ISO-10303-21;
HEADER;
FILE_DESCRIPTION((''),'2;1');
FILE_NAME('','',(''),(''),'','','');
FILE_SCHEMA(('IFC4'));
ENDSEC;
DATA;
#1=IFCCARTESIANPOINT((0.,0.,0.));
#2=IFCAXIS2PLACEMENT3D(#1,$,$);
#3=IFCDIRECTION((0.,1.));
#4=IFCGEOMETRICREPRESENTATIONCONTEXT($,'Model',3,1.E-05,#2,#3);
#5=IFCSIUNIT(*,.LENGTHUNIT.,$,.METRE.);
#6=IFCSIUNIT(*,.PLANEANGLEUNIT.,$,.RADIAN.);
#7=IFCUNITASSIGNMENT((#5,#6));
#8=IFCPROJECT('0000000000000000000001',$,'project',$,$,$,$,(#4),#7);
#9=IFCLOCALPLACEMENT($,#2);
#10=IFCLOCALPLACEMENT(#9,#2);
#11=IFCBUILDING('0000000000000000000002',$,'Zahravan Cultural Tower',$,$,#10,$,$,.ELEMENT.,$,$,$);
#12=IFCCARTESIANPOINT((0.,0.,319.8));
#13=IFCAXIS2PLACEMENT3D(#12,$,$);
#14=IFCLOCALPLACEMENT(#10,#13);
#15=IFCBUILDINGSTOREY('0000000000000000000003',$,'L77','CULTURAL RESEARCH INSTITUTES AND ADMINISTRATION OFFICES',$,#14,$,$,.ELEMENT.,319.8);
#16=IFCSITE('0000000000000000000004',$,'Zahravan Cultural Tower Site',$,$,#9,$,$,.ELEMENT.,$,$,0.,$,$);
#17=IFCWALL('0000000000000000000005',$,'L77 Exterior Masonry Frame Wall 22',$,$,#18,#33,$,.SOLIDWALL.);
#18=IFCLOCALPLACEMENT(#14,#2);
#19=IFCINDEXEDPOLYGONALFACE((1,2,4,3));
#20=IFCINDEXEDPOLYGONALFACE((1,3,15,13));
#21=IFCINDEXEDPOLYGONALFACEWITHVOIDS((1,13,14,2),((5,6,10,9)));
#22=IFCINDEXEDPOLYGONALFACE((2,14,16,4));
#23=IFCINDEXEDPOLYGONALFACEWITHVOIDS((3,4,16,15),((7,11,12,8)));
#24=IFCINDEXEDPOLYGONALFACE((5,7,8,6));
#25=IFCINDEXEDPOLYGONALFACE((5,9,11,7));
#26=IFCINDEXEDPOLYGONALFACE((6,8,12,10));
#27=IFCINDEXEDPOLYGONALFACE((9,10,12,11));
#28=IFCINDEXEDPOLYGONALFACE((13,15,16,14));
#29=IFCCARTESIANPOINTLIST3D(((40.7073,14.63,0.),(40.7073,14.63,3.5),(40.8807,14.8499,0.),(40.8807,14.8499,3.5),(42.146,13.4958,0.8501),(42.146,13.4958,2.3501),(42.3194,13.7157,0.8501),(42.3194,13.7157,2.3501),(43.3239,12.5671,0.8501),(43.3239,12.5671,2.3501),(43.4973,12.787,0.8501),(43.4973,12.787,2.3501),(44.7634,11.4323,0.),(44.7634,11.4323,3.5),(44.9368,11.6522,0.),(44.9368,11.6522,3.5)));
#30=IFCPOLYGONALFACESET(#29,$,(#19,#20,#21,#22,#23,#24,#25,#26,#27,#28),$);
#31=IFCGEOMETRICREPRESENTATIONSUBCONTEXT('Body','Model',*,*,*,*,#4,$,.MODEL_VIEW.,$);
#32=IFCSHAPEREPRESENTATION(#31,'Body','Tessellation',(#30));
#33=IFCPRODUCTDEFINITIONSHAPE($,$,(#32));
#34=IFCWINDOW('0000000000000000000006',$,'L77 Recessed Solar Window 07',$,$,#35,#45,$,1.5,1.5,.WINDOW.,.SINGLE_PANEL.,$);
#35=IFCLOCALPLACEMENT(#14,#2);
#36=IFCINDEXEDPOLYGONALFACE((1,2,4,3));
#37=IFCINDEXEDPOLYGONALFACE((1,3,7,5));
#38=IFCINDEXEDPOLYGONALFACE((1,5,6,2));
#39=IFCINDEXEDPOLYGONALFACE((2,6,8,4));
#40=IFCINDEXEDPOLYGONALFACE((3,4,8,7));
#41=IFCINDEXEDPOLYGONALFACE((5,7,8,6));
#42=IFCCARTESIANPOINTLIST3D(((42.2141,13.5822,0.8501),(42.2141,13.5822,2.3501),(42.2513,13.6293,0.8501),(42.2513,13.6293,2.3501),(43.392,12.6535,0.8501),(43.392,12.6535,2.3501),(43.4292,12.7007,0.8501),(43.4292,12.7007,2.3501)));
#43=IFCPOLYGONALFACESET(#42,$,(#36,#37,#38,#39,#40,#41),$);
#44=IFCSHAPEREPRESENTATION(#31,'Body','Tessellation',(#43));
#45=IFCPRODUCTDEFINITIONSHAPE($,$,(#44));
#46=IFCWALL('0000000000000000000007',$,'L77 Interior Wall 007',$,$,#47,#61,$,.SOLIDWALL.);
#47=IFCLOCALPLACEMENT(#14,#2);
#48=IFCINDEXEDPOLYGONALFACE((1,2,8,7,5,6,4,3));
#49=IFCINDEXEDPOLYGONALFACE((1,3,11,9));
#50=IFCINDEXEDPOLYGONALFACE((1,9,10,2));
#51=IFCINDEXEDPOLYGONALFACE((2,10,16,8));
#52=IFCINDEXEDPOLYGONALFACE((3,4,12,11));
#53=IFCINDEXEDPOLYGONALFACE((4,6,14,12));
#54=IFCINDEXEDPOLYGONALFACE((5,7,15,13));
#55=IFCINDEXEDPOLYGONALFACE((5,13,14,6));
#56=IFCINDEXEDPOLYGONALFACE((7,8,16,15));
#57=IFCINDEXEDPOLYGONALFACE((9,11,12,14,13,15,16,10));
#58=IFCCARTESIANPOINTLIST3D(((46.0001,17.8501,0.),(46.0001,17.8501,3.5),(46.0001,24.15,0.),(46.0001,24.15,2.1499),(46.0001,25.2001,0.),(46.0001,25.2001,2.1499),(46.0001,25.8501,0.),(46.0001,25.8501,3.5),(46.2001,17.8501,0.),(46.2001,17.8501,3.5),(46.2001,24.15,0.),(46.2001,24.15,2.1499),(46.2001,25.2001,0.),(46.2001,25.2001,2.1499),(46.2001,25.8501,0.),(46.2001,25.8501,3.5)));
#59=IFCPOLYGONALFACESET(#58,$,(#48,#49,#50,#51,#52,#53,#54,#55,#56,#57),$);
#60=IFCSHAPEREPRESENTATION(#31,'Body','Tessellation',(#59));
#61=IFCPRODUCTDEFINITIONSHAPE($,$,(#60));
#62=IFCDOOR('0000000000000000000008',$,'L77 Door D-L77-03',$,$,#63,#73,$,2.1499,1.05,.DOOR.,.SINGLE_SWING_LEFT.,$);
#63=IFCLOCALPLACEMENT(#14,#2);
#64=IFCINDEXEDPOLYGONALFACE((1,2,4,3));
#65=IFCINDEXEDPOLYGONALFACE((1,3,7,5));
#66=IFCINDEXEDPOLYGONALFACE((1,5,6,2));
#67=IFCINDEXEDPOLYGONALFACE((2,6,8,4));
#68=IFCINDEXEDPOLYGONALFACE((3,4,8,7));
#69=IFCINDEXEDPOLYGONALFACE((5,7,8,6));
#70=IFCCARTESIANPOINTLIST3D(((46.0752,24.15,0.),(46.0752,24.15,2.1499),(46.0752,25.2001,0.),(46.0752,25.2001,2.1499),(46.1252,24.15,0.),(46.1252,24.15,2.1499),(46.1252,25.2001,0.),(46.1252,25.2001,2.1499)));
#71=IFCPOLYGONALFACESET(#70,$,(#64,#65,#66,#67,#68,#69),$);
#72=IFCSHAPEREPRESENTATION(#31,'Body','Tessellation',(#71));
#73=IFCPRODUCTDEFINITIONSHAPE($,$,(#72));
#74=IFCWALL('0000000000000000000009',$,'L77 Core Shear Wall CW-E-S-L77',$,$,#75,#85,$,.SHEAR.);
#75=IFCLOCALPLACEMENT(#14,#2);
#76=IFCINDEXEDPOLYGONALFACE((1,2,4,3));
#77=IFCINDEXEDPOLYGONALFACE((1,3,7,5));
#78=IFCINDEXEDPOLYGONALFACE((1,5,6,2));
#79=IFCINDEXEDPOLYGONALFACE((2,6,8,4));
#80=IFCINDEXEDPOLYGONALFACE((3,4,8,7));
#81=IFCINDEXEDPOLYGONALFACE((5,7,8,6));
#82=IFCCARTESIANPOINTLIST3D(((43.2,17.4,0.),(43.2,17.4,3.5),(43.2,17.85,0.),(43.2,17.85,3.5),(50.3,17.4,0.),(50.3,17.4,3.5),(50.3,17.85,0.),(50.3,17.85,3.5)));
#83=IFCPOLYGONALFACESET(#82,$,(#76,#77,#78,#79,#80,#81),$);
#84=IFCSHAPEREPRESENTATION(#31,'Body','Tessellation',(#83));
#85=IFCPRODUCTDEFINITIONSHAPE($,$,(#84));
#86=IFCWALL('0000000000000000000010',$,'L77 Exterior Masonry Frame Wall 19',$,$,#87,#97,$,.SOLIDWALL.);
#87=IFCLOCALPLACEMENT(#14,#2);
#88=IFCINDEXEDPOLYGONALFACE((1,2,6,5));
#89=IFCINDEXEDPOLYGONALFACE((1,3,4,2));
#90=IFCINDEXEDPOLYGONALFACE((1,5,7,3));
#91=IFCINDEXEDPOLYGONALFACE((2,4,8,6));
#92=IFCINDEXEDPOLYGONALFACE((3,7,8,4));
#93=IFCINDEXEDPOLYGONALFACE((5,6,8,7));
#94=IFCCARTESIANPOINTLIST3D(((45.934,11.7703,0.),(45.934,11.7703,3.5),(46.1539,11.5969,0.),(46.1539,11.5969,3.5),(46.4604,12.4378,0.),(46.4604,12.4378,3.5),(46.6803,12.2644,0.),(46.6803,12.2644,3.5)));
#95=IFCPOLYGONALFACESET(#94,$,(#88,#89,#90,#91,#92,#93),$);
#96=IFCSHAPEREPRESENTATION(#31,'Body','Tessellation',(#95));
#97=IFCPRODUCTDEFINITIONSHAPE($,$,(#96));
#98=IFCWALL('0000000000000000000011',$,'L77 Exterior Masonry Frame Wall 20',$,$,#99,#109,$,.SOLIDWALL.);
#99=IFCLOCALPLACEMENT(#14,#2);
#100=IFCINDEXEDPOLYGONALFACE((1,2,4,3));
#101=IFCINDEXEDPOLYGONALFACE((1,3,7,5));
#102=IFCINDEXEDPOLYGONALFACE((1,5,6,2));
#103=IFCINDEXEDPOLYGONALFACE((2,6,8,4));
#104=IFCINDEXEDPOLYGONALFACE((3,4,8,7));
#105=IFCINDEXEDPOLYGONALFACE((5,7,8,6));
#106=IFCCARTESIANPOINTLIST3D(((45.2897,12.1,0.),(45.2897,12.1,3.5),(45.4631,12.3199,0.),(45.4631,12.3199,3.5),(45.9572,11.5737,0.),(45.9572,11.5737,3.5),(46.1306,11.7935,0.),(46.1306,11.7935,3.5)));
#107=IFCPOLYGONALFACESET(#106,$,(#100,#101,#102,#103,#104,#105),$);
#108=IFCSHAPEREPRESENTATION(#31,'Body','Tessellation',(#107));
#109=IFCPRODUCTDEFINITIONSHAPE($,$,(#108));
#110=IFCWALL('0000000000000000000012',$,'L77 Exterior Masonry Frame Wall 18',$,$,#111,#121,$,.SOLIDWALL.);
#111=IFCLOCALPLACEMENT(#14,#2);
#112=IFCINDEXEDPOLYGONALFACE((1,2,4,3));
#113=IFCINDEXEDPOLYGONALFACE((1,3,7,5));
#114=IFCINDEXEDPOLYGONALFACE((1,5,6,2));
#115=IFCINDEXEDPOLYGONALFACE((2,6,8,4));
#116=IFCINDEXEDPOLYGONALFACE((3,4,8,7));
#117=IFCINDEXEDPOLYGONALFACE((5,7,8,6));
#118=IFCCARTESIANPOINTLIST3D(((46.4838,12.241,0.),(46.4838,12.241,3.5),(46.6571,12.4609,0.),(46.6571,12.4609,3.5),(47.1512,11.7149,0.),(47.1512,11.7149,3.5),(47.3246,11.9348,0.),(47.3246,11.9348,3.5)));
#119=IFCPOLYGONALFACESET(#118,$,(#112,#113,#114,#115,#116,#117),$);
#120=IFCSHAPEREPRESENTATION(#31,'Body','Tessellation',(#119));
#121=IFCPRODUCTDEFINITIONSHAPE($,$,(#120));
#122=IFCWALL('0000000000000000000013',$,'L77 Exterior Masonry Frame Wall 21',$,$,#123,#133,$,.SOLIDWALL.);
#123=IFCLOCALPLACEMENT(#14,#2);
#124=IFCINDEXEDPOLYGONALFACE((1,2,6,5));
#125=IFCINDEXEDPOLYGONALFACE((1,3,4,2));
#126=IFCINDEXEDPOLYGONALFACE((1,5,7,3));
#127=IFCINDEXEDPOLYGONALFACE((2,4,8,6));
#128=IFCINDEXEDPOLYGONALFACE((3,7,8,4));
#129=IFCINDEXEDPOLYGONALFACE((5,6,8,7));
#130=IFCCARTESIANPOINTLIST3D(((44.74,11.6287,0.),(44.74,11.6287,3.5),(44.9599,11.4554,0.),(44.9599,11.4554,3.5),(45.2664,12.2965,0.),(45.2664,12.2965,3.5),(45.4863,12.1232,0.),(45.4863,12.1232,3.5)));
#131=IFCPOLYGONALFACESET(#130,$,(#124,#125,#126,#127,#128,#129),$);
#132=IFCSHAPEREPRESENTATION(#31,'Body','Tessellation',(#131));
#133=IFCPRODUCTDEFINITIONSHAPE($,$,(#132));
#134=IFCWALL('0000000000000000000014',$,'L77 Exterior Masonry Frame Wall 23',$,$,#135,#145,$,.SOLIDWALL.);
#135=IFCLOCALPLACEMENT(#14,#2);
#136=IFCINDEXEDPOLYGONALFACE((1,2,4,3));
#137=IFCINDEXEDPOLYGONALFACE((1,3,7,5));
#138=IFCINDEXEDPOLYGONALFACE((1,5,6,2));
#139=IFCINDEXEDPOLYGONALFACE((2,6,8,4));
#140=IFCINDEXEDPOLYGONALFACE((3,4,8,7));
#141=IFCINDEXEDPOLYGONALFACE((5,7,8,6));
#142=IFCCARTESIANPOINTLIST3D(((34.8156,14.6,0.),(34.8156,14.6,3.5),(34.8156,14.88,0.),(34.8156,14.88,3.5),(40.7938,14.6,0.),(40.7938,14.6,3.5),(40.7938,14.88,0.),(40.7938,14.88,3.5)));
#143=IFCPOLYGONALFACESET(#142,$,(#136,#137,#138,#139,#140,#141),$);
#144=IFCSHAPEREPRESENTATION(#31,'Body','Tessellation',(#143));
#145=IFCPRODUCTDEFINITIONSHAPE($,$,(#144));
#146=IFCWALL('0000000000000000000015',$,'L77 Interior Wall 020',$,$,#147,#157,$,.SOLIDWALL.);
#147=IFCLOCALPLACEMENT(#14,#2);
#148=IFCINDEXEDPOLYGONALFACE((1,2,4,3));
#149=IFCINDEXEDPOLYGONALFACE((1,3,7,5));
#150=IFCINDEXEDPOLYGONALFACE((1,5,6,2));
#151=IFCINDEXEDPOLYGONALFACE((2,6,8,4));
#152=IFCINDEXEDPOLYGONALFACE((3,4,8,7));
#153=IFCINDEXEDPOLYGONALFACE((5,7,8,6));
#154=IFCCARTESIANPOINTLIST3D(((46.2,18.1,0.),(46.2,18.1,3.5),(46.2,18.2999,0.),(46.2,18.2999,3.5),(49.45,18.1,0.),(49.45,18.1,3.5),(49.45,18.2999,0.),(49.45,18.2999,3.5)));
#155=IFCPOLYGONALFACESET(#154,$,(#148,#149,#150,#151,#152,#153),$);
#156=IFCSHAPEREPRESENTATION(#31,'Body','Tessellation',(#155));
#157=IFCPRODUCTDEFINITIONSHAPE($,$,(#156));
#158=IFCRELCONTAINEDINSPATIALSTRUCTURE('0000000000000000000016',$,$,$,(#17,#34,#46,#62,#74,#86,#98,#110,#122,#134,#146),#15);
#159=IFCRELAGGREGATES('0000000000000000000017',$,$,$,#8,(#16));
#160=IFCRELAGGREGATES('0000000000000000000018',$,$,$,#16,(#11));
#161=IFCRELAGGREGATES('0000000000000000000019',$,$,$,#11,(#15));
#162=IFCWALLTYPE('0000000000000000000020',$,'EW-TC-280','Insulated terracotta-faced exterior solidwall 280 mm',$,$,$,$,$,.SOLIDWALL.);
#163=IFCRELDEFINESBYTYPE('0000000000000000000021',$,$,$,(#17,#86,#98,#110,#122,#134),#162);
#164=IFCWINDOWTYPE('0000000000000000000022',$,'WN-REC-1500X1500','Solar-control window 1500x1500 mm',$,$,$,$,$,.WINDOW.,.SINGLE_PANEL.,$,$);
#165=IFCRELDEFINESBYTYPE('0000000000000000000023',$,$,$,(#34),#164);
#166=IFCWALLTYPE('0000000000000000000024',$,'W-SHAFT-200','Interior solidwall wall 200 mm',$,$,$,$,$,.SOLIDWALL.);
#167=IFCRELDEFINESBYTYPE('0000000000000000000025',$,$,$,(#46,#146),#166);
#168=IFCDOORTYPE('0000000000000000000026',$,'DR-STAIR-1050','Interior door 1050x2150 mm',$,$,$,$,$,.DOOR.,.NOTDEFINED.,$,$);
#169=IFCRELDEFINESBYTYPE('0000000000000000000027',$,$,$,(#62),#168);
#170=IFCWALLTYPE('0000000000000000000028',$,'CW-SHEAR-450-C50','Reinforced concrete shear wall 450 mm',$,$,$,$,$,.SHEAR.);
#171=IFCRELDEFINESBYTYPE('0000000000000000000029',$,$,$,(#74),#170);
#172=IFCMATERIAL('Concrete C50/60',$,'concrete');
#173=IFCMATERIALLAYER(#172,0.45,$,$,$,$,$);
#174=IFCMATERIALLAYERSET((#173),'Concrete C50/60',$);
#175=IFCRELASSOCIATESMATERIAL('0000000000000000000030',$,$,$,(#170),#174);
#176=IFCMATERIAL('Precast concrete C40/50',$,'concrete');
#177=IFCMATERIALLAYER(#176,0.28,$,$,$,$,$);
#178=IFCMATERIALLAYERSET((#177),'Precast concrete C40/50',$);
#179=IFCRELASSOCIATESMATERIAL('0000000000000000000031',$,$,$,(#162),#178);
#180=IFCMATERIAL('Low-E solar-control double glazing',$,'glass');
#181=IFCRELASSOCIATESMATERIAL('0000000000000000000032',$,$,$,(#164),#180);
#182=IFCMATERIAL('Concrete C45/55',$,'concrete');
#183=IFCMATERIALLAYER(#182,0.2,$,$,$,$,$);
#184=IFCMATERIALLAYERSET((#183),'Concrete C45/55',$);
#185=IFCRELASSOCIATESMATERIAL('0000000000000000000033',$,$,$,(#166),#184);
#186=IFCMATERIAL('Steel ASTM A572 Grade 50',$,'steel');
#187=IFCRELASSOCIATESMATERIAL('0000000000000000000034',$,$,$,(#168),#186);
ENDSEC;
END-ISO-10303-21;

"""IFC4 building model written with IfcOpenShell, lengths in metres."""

from ifc_helpers import new_model, si_unit, direction, frame, frame_2d, origin, place, context, subcontext, project, spatial, rectangle, extrude, source, transform, mapped, material, layer, layer_set, type_object, element, fill, save


model = new_model("IFC4")

# Units and contexts
model_context = context("Model", 3, precision=1e-05, world=origin(), true_north=direction((0.0, 1.0)))
body_context = subcontext(model_context, "Body", "Model", "MODEL_VIEW")
ifc_project = project(units=[si_unit("LENGTHUNIT", "METRE"), si_unit("PLANEANGLEUNIT", "RADIAN")], contexts=[model_context])

# Site, building, storey
site_placement = place(None, origin())
site = spatial("IfcSite", under=ifc_project, at=site_placement, Name="Zahravan Cultural Tower Site", CompositionType="ELEMENT", RefElevation=0.0)
building_placement = place(site_placement, origin())
building = spatial("IfcBuilding", under=site, at=building_placement, Name="Zahravan Cultural Tower", CompositionType="ELEMENT")
storey_placement = place(building_placement, frame((0.0, 0.0, 319.8)))
storey = spatial("IfcBuildingStorey", under=building, at=storey_placement, Name="L77", Description="CULTURAL RESEARCH INSTITUTES AND ADMINISTRATION OFFICES", CompositionType="ELEMENT", Elevation=319.8)

# Shared definitions
ifc_material_1 = material(Name="Concrete C50/60", Category="concrete")

# Shared definitions
ifc_layer_1 = layer(ifc_material_1, 0.45)
ifc_layer_set_1 = layer_set([ifc_layer_1], Name="Concrete C50/60")
wall_type_1 = type_object("IfcWallType", Name="CW-SHEAR-450-C50", Description="Reinforced concrete shear wall 450 mm", PredefinedType="SHEAR", material=ifc_layer_set_1)
ifc_material_2 = material(Name="Steel ASTM A572 Grade 50", Category="steel")

# Wall, opening, window
ifc_material_3 = material(Name="Precast concrete C40/50", Category="concrete")
ifc_layer_2 = layer(ifc_material_3, 0.28)
ifc_layer_set_2 = layer_set([ifc_layer_2], Name="Precast concrete C40/50")
wall_type_2 = type_object("IfcWallType", Name="EW-TC-280", Description="Insulated terracotta-faced exterior solidwall 280 mm", PredefinedType="SOLIDWALL", material=ifc_layer_set_2)
wall_1_placement = place(storey_placement, frame((44.8501, 11.5422, 0.0), z_axis=(0.0, 0.0, 1.0), x_axis=(-0.785304, 0.619111, 0.0)))
wall_1 = element("IfcWall", 1, at=wall_1_placement, inside=storey, type_object=wall_type_2, Name="L77 Exterior Masonry Frame Wall 22", PredefinedType="SOLIDWALL", context=body_context, shape_type="SweptSolid", body=[
    extrude(rectangle(XDim=5.165, YDim=0.28, at=frame_2d((2.5825, 0.0))), origin(), (0.0, 0.0, 1.0), 3.5),
])
opening_1_placement = place(wall_1_placement, frame((1.833, 0.0, 0.8501)))
opening_1 = element("IfcOpeningElement", 2, at=opening_1_placement, cuts=wall_1, PredefinedType="OPENING", context=body_context, shape_type="SweptSolid", body=[
    extrude(rectangle(XDim=1.5, YDim=1.5, at=frame_2d((0.75, 0.75))), frame((0.0, 0.1499, 0.0), z_axis=(0.0, -1.0, 0.0), x_axis=(1.0, 0.0, 0.0)), (0.0, 0.0, 1.0), 0.3),
])
ifc_material_4 = material(Name="Low-E solar-control double glazing", Category="glass")
window_type = type_object("IfcWindowType", Name="WN-REC-1500X1500", Description="Solar-control window 1500x1500 mm", PartitioningType="SINGLE_PANEL", PredefinedType="WINDOW", material=ifc_material_4)
shared_shape_1 = source(origin(), body_context, "Body", "SweptSolid", [
    extrude(rectangle(XDim=1.5, YDim=1.5, at=frame_2d((0.75, 0.75))), frame((0.0, 0.03, 0.0), z_axis=(0.0, -1.0, 0.0), x_axis=(1.0, 0.0, 0.0)), (0.0, 0.0, 1.0), 0.0601),
])
window_placement = place(opening_1_placement, origin())
window = element("IfcWindow", 3, at=window_placement, inside=storey, type_object=window_type, Name="L77 Recessed Solar Window 07", OverallHeight=1.5, OverallWidth=1.5, PartitioningType="SINGLE_PANEL", PredefinedType="WINDOW", context=body_context, shape_type="MappedRepresentation", body=[
    mapped(shared_shape_1, transform((0.0, 0.0, 0.0), x_axis=(1.0, 0.0, 0.0), y_axis=(0.0, 1.0, 0.0), z_axis=(0.0, 0.0, 1.0), scale=1.0)),
])
fill(opening_1, window)

# Wall, opening, door
ifc_material_5 = material(Name="Concrete C45/55", Category="concrete")
ifc_layer_3 = layer(ifc_material_5, 0.2)
ifc_layer_set_3 = layer_set([ifc_layer_3], Name="Concrete C45/55")
wall_type_3 = type_object("IfcWallType", Name="W-SHAFT-200", Description="Interior solidwall wall 200 mm", PredefinedType="SOLIDWALL", material=ifc_layer_set_3)
wall_2_placement = place(storey_placement, frame((46.1001, 17.8501, 0.0), z_axis=(0.0, 0.0, 1.0), x_axis=(0.0, 1.0, 0.0)))
wall_2 = element("IfcWall", 4, at=wall_2_placement, inside=storey, type_object=wall_type_3, Name="L77 Interior Wall 007", PredefinedType="SOLIDWALL", context=body_context, shape_type="SweptSolid", body=[
    extrude(rectangle(XDim=8.0, YDim=0.2, at=frame_2d((4.0, 0.0))), origin(), (0.0, 0.0, 1.0), 3.5),
])
opening_2_placement = place(wall_2_placement, frame((6.3, 0.0, 0.0)))
opening_2 = element("IfcOpeningElement", 5, at=opening_2_placement, cuts=wall_2, PredefinedType="OPENING", context=body_context, shape_type="SweptSolid", body=[
    extrude(rectangle(XDim=1.05, YDim=2.1499, at=frame_2d((0.5249, 1.075))), frame((0.0, 0.1099, 0.0), z_axis=(0.0, -1.0, 0.0), x_axis=(1.0, 0.0, 0.0)), (0.0, 0.0, 1.0), 0.22),
])
door_type_1 = type_object("IfcDoorType", Name="DR-STAIR-1050", Description="Interior door 1050x2150 mm", OperationType="NOTDEFINED", PredefinedType="DOOR", material=ifc_material_2)
shared_shape_2 = source(origin(), body_context, "Body", "SweptSolid", [
    extrude(rectangle(XDim=1.05, YDim=2.1499, at=frame_2d((0.5249, 1.075))), frame((0.0, 0.0249, 0.0), z_axis=(0.0, -1.0, 0.0), x_axis=(1.0, 0.0, 0.0)), (0.0, 0.0, 1.0), 0.05),
])
door_1_placement = place(opening_2_placement, origin())
door_1 = element("IfcDoor", 6, at=door_1_placement, inside=storey, type_object=door_type_1, Name="L77 Door D-L77-03", OperationType="SINGLE_SWING_LEFT", OverallHeight=2.1499, OverallWidth=1.05, PredefinedType="DOOR", context=body_context, shape_type="MappedRepresentation", body=[
    mapped(shared_shape_2, transform((0.0, 0.0, 0.0), x_axis=(1.0, 0.0, 0.0), y_axis=(0.0, 1.0, 0.0), z_axis=(0.0, 0.0, 1.0), scale=1.0)),
])
fill(opening_2, door_1)

# Walls
shared_shape_3 = source(origin(), body_context, "Body", "SweptSolid", [
    extrude(rectangle(XDim=7.1001, YDim=0.45, at=frame_2d((3.55, 0.0))), origin(), (0.0, 0.0, 1.0), 3.5),
])
wall_3_placement = place(storey_placement, frame((43.2, 17.625, 0.0), z_axis=(0.0, 0.0, 1.0), x_axis=(1.0, 0.0, 0.0)))
element("IfcWall", 7, at=wall_3_placement, inside=storey, type_object=wall_type_1, Name="L77 Core Shear Wall CW-E-S-L77", PredefinedType="SHEAR", context=body_context, shape_type="MappedRepresentation", body=[
    mapped(shared_shape_3, transform((0.0, 0.0, 0.0), x_axis=(1.0, 0.0, 0.0), y_axis=(0.0, 1.0, 0.0), z_axis=(0.0, 0.0, 1.0), scale=1.0)),
])
shared_shape_4 = source(origin(), body_context, "Body", "SweptSolid", [
    extrude(rectangle(XDim=0.8501, YDim=0.28, at=frame_2d((0.425, 0.0))), origin(), (0.0, 0.0, 1.0), 3.5),
])
for number, where, z_axis, x_axis, name in (
    (8, (46.5703, 12.3511, 0.0), (0.0, 0.0, 1.0), (-0.619216, -0.785221, 0.0), "L77 Exterior Masonry Frame Wall 19"),
    (9, (46.0439, 11.6836, 0.0), (0.0, 0.0, 1.0), (-0.785221, 0.619216, 0.0), "L77 Exterior Masonry Frame Wall 20"),
):
    element("IfcWall", number, at=place(storey_placement, frame(where, z_axis=z_axis, x_axis=x_axis)), inside=storey, type_object=wall_type_2, Name=name, PredefinedType="SOLIDWALL", context=body_context, shape_type="MappedRepresentation", body=[
        mapped(shared_shape_4, transform((0.0, 0.0, 0.0), x_axis=(1.0, 0.0, 0.0), y_axis=(0.0, 1.0, 0.0), z_axis=(0.0, 0.0, 1.0), scale=1.0)),
    ])
shared_shape_5 = source(origin(), body_context, "Body", "SweptSolid", [
    extrude(rectangle(XDim=0.8499, YDim=0.28, at=frame_2d((0.4248, 0.0))), origin(), (0.0, 0.0, 1.0), 3.5),
])
wall_4_placement = place(storey_placement, frame((47.2378, 11.825, 0.0), z_axis=(0.0, 0.0, 1.0), x_axis=(-0.78536, 0.619039, 0.0)))
element("IfcWall", 10, at=wall_4_placement, inside=storey, type_object=wall_type_2, Name="L77 Exterior Masonry Frame Wall 18", PredefinedType="SOLIDWALL", context=body_context, shape_type="MappedRepresentation", body=[
    mapped(shared_shape_5, transform((0.0, 0.0, 0.0), x_axis=(1.0, 0.0, 0.0), y_axis=(0.0, 1.0, 0.0), z_axis=(0.0, 0.0, 1.0), scale=1.0)),
])
shared_shape_6 = source(origin(), body_context, "Body", "SweptSolid", [
    extrude(rectangle(XDim=0.8503, YDim=0.28, at=frame_2d((0.4253, 0.0))), origin(), (0.0, 0.0, 1.0), 3.5),
])
wall_5_placement = place(storey_placement, frame((45.3765, 12.21, 0.0), z_axis=(0.0, 0.0, 1.0), x_axis=(-0.619076, -0.785331, 0.0)))
element("IfcWall", 11, at=wall_5_placement, inside=storey, type_object=wall_type_2, Name="L77 Exterior Masonry Frame Wall 21", PredefinedType="SOLIDWALL", context=body_context, shape_type="MappedRepresentation", body=[
    mapped(shared_shape_6, transform((0.0, 0.0, 0.0), x_axis=(1.0, 0.0, 0.0), y_axis=(0.0, 1.0, 0.0), z_axis=(0.0, 0.0, 1.0), scale=1.0)),
])
shared_shape_7 = source(origin(), body_context, "Body", "SweptSolid", [
    extrude(rectangle(XDim=5.9783, YDim=0.28, at=frame_2d((2.9893, 0.0))), origin(), (0.0, 0.0, 1.0), 3.5),
])
wall_6_placement = place(storey_placement, frame((40.7939, 14.74, 0.0), z_axis=(0.0, 0.0, 1.0), x_axis=(-1.0, 0.0, 0.0)))
element("IfcWall", 12, at=wall_6_placement, inside=storey, type_object=wall_type_2, Name="L77 Exterior Masonry Frame Wall 23", PredefinedType="SOLIDWALL", context=body_context, shape_type="MappedRepresentation", body=[
    mapped(shared_shape_7, transform((0.0, 0.0, 0.0), x_axis=(1.0, 0.0, 0.0), y_axis=(0.0, 1.0, 0.0), z_axis=(0.0, 0.0, 1.0), scale=1.0)),
])
shared_shape_8 = source(origin(), body_context, "Body", "SweptSolid", [
    extrude(rectangle(XDim=3.25, YDim=0.2, at=frame_2d((1.625, 0.0))), origin(), (0.0, 0.0, 1.0), 3.5),
])
wall_7_placement = place(storey_placement, frame((46.2, 18.2, 0.0), z_axis=(0.0, 0.0, 1.0), x_axis=(1.0, 0.0, 0.0)))
element("IfcWall", 13, at=wall_7_placement, inside=storey, type_object=wall_type_3, Name="L77 Interior Wall 020", PredefinedType="SOLIDWALL", context=body_context, shape_type="MappedRepresentation", body=[
    mapped(shared_shape_8, transform((0.0, 0.0, 0.0), x_axis=(1.0, 0.0, 0.0), y_axis=(0.0, 1.0, 0.0), z_axis=(0.0, 0.0, 1.0), scale=1.0)),
])

save(model, "model.ifc")
